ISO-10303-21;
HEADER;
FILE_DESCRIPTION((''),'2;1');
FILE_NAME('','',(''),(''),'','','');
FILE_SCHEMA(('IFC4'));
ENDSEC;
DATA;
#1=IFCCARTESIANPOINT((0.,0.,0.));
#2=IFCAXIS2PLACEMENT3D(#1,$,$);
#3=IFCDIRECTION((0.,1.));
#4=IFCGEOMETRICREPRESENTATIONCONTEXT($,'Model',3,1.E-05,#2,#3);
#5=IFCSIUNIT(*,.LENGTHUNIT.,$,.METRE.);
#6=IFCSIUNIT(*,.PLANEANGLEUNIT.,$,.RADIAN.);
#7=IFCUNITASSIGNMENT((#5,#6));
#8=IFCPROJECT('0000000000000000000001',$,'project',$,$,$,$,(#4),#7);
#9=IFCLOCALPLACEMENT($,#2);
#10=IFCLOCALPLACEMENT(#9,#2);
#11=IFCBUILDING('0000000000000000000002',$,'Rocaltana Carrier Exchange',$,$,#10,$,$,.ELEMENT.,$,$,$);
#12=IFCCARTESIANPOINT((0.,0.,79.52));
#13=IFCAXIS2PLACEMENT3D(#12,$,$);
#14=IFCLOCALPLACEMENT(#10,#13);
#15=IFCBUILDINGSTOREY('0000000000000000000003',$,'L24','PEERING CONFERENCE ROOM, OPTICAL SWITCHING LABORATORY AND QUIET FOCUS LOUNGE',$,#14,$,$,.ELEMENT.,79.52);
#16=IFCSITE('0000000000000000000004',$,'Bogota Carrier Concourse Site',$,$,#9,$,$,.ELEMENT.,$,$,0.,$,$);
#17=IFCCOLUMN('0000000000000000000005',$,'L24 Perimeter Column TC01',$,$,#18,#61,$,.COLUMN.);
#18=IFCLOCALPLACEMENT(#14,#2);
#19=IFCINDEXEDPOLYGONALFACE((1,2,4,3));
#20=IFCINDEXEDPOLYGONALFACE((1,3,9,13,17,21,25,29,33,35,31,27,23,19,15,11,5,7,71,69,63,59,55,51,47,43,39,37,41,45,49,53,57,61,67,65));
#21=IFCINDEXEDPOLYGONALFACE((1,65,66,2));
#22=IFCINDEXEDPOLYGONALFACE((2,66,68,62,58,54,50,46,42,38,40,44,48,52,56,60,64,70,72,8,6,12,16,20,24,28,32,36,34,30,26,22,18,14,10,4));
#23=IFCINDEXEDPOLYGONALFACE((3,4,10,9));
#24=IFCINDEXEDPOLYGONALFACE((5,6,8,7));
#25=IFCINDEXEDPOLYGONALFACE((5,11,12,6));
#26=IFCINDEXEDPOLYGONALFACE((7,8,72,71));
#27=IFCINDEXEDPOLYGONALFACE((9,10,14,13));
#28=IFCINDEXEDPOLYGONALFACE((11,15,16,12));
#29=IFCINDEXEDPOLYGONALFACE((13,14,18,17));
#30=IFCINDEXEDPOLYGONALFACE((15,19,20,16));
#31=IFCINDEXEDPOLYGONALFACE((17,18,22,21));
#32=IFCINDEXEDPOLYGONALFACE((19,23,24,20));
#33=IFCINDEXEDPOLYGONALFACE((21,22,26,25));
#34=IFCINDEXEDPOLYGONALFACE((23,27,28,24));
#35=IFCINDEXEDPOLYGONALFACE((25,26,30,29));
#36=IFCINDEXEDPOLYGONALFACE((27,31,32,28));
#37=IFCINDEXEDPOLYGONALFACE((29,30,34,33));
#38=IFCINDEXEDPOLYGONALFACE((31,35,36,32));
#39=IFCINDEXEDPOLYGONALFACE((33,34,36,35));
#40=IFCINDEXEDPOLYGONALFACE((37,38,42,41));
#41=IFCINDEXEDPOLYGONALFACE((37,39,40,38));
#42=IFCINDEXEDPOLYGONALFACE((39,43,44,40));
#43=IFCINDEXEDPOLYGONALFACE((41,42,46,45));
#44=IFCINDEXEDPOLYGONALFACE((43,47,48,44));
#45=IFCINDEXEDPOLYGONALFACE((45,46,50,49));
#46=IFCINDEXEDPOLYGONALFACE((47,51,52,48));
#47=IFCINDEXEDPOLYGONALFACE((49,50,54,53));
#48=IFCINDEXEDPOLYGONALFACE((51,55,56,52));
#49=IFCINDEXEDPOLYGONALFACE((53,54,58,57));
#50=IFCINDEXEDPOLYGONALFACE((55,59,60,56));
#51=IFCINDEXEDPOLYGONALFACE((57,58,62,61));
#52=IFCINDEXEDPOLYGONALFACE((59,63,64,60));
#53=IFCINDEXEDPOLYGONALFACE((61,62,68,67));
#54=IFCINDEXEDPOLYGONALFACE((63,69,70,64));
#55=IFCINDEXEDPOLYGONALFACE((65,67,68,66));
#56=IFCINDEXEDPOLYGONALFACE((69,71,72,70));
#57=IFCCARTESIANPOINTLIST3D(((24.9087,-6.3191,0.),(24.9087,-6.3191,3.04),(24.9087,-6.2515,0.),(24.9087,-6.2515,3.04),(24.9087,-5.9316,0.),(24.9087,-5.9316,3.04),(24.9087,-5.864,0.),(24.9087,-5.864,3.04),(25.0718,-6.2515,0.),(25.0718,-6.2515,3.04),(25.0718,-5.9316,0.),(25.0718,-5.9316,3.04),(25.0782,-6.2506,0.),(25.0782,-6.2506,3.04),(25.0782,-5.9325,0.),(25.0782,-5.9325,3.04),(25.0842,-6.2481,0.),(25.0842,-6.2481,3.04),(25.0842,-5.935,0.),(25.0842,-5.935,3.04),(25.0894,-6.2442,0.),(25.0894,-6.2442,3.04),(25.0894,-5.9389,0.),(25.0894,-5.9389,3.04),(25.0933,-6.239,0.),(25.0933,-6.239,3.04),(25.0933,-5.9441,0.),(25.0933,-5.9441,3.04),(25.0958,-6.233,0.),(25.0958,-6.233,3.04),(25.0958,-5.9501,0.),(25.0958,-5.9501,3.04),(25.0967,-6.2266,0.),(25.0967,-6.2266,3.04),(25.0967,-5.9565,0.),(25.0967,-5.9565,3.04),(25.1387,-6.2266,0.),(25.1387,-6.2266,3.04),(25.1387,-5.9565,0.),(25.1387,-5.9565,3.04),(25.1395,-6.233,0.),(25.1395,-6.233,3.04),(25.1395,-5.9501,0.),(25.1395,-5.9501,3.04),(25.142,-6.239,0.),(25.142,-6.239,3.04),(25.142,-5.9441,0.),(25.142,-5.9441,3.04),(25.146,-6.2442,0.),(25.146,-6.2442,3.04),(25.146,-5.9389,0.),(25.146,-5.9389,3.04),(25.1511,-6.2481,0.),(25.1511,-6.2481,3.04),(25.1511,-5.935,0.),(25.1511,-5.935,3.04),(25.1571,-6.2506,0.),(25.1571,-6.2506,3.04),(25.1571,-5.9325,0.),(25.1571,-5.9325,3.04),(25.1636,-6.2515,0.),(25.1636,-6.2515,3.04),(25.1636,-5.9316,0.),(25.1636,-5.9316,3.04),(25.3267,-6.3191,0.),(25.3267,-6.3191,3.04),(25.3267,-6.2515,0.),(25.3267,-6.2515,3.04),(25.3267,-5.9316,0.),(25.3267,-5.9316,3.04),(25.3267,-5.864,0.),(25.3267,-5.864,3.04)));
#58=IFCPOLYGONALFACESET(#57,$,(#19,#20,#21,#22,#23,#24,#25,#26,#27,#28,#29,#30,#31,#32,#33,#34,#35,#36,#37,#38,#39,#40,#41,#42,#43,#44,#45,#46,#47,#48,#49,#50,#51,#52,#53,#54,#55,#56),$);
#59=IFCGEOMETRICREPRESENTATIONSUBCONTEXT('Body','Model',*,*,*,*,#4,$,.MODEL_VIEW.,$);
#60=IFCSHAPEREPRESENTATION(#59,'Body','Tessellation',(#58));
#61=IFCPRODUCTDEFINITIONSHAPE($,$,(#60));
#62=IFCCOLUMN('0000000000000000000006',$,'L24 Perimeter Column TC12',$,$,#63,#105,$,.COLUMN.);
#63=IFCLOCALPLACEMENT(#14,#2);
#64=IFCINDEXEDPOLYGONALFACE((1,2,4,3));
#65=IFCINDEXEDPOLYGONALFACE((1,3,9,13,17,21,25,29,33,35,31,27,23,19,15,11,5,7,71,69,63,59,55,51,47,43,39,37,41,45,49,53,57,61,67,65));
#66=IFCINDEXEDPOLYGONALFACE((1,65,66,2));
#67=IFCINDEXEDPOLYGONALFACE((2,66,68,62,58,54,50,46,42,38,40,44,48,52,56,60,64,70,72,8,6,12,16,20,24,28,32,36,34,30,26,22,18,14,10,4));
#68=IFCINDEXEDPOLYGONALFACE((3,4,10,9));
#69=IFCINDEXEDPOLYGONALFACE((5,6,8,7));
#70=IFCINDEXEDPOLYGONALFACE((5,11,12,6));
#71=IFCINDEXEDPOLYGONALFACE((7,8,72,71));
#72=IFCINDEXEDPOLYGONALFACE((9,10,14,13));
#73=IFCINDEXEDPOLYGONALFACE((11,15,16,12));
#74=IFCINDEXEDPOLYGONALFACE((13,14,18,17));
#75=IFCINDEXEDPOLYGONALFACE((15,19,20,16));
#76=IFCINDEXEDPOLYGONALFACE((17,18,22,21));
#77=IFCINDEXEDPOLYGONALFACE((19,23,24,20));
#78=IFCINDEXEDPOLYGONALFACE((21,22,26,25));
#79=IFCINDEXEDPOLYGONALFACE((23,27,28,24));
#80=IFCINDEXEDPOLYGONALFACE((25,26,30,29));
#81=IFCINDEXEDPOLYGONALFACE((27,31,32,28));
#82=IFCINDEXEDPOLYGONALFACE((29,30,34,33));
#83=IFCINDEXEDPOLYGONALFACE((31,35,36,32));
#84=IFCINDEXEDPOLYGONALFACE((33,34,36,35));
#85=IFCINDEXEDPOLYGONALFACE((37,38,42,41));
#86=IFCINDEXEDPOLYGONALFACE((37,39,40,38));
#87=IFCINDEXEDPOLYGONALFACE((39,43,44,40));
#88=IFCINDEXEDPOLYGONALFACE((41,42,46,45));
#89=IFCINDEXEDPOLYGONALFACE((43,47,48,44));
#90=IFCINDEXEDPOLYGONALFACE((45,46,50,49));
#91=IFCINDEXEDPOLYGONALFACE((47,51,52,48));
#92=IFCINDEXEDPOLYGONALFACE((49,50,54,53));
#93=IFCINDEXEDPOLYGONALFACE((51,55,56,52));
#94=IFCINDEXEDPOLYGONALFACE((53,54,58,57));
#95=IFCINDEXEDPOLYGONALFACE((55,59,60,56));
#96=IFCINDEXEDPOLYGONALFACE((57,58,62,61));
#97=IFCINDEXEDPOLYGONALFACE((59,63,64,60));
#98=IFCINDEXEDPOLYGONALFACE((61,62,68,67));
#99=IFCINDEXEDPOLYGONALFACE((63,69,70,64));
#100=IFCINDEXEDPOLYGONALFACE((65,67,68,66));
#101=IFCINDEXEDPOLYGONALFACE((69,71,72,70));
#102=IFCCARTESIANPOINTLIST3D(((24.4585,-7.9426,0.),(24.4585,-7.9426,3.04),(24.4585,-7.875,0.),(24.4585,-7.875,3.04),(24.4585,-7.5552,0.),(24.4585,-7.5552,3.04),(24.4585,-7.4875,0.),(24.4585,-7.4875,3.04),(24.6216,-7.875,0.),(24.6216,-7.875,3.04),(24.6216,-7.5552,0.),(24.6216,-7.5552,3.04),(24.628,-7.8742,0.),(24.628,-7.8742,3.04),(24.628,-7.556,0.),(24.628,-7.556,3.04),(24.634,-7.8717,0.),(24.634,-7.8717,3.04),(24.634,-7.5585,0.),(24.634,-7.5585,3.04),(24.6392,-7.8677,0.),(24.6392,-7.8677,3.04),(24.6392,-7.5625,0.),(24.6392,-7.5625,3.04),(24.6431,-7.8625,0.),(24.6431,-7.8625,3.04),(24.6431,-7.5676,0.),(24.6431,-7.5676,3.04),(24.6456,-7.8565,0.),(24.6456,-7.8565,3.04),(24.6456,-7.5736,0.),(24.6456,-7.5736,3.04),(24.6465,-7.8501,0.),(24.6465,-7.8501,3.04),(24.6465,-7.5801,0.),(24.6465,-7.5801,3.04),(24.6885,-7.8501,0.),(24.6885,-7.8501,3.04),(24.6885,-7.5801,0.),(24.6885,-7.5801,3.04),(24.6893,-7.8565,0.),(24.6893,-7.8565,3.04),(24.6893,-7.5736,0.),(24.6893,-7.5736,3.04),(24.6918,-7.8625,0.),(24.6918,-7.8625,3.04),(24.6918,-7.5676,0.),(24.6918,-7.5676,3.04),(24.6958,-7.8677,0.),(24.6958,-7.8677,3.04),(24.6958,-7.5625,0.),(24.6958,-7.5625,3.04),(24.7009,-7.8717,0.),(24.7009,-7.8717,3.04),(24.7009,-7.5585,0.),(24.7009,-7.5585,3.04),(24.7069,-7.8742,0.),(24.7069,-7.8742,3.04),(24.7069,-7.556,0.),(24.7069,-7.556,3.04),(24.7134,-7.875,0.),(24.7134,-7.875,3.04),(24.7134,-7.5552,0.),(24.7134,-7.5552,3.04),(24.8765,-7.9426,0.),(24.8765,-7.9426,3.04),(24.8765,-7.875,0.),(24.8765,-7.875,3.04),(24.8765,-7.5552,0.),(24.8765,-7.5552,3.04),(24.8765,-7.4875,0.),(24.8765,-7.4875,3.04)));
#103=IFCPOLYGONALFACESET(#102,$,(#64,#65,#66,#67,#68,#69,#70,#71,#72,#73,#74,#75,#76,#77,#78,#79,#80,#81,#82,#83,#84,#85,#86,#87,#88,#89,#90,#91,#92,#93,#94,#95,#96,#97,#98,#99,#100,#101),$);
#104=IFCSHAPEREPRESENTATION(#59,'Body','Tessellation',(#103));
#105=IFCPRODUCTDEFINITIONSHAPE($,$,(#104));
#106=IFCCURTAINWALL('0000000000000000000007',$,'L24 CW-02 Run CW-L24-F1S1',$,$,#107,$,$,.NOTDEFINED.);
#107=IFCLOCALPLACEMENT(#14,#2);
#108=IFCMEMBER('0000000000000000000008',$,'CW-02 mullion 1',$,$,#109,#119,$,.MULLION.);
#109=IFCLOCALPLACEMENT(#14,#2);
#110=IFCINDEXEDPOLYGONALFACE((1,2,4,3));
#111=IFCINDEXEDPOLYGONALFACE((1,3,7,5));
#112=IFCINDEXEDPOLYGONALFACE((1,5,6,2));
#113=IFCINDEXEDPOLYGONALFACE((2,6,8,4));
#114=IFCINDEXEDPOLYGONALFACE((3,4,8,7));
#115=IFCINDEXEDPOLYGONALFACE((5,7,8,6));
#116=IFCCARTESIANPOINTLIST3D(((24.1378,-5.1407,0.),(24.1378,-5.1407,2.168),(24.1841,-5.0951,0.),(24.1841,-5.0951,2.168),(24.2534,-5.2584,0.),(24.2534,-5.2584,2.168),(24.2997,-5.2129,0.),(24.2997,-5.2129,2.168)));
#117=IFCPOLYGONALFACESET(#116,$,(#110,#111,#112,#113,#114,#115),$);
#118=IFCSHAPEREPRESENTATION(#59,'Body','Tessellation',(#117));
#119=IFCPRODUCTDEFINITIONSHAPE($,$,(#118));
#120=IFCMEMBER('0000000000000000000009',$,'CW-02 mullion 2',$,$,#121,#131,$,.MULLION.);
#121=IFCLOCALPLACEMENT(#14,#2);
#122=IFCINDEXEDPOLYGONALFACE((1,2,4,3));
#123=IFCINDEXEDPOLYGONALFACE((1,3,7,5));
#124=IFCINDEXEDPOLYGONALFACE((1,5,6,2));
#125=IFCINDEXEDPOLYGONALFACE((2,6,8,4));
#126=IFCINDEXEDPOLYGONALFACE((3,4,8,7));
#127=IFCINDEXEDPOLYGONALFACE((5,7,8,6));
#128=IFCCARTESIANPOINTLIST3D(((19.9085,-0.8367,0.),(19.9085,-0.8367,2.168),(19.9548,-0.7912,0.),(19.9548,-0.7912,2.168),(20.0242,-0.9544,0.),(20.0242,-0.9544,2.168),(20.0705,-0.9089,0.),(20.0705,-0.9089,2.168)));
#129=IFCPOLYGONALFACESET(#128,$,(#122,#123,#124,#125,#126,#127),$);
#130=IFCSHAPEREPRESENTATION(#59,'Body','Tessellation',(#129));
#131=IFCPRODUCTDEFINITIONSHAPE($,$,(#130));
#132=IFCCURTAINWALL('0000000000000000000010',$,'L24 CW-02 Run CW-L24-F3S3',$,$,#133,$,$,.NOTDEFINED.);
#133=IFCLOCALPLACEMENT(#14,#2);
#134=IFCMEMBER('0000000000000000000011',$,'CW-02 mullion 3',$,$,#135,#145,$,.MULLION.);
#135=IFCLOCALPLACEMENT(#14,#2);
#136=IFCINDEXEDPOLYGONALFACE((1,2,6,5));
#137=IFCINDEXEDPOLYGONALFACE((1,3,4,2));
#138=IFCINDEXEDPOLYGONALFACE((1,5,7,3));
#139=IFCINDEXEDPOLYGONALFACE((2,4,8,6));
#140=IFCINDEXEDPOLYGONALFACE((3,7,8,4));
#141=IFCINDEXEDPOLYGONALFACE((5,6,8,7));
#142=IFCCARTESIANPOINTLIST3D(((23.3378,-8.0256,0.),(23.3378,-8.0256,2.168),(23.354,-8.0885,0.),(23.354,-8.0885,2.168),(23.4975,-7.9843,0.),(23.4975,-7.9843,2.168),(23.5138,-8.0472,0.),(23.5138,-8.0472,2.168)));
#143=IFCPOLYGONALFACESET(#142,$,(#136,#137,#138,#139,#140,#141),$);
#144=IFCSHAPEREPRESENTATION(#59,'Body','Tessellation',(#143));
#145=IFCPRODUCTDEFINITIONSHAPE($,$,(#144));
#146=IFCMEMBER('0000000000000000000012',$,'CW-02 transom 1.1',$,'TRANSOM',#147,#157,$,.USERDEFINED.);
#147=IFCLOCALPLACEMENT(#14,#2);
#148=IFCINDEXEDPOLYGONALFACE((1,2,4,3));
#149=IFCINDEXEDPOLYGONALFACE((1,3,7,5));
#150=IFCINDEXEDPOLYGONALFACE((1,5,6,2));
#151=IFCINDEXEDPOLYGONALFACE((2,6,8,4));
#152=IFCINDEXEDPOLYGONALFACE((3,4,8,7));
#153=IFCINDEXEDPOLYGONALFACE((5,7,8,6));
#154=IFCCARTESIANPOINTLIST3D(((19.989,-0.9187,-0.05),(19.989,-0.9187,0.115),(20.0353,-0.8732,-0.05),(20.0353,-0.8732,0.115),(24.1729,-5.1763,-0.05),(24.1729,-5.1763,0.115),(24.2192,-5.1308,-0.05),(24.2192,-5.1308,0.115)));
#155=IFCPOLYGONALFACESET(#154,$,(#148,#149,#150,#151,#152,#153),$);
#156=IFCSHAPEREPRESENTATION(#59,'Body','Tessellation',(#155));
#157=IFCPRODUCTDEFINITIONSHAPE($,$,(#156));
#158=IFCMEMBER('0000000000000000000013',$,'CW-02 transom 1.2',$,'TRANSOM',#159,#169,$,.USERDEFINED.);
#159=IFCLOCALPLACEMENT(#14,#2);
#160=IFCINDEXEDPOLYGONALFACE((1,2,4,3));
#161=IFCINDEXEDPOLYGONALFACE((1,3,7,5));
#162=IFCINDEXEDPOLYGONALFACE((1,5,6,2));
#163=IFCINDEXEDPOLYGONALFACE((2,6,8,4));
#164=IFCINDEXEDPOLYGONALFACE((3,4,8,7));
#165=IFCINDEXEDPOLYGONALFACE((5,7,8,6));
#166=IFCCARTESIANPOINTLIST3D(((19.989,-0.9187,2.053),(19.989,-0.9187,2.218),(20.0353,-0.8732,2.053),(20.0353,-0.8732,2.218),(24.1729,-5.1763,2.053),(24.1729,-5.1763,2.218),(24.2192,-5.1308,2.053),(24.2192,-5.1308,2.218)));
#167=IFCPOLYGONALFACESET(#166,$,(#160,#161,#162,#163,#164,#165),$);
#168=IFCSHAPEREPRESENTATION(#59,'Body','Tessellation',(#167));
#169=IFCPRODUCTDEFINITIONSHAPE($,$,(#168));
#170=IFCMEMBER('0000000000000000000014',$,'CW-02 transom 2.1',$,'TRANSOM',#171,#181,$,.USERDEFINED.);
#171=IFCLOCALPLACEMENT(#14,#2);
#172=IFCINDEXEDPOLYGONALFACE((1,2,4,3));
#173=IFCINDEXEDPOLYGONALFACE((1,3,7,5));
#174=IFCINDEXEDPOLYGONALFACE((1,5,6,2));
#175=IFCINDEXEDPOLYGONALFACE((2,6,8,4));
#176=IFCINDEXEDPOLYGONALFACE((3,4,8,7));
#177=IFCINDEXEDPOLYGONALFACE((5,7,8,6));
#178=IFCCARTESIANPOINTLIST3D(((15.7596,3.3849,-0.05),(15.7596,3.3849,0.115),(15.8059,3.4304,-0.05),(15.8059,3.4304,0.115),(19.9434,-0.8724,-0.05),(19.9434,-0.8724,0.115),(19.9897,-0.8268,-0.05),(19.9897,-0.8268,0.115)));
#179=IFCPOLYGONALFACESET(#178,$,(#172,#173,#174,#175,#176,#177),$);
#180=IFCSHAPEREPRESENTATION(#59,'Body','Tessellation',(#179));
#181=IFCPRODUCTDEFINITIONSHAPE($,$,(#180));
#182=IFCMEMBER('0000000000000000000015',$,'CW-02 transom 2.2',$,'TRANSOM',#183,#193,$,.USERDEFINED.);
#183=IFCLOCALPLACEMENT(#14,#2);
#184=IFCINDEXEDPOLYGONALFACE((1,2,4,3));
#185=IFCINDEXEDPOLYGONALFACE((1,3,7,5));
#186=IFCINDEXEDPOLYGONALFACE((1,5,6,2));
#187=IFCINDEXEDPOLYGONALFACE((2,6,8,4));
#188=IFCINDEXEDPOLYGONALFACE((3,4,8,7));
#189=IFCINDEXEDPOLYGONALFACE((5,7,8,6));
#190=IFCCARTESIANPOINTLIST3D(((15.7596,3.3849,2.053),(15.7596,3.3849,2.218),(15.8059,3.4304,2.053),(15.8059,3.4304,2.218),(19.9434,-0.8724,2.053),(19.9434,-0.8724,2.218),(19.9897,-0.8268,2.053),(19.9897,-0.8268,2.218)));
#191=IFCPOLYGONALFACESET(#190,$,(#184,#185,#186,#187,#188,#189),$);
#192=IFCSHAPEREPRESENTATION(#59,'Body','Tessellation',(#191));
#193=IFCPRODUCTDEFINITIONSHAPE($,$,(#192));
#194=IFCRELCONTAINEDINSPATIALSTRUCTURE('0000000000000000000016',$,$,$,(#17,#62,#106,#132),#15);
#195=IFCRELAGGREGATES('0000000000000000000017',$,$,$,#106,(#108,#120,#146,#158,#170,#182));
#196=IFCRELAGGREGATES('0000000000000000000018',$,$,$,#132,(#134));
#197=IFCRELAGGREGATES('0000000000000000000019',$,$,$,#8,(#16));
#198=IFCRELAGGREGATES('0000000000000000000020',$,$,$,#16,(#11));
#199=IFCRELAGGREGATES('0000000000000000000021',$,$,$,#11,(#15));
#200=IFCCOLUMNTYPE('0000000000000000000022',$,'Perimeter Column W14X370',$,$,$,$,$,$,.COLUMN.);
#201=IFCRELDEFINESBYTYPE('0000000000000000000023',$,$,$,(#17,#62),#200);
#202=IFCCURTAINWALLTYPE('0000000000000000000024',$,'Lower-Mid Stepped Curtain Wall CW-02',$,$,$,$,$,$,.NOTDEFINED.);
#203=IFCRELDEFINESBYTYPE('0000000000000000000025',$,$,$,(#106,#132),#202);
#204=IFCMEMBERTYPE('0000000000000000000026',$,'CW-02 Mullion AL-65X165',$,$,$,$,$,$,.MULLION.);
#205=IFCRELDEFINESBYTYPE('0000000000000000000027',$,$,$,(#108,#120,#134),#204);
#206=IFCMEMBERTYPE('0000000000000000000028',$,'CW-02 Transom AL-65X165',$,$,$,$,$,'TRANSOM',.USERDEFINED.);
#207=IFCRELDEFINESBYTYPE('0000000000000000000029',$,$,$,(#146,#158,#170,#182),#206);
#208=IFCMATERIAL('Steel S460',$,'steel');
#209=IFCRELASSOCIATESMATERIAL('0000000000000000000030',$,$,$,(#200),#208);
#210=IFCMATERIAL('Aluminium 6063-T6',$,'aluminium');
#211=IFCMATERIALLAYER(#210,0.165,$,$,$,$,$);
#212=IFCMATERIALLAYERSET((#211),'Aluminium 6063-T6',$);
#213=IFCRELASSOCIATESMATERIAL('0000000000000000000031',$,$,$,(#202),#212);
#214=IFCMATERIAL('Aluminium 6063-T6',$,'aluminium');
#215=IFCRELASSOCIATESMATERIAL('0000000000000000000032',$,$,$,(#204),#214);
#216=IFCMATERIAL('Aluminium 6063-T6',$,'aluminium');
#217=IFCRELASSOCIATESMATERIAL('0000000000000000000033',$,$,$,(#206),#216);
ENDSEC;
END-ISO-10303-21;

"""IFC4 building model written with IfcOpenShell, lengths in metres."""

from ifc_helpers import new_model, si_unit, direction, frame, origin, origin_2d, place, context, subcontext, project, spatial, rectangle, i_section, extrude, material, layer, layer_set, material_profile, profile_set, type_object, element, aggregate, save


model = new_model("IFC4")

# Units and contexts
model_context = context("Model", 3, precision=1e-05, world=origin(), true_north=direction((0.0, 1.0)))
body_context = subcontext(model_context, "Body", "Model", "MODEL_VIEW")
ifc_project = project(units=[si_unit("LENGTHUNIT", "METRE"), si_unit("PLANEANGLEUNIT", "RADIAN")], contexts=[model_context])

# Site, building, storey
site_placement = place(None, origin())
site = spatial("IfcSite", under=ifc_project, at=site_placement, Name="Bogota Carrier Concourse Site", CompositionType="ELEMENT", RefElevation=0.0)
building_placement = place(site_placement, origin())
building = spatial("IfcBuilding", under=site, at=building_placement, Name="Rocaltana Carrier Exchange", CompositionType="ELEMENT")
storey_placement = place(building_placement, frame((0.0, 0.0, 79.52)))
storey = spatial("IfcBuildingStorey", under=building, at=storey_placement, Name="L24", Description="PEERING CONFERENCE ROOM, OPTICAL SWITCHING LABORATORY AND QUIET FOCUS LOUNGE", CompositionType="ELEMENT", Elevation=79.52)

# Columns
ifc_material_1 = material(Name="Steel S460", Category="steel")
ifc_material_profile_1 = material_profile(ifc_material_1, i_section(OverallWidth=0.418, OverallDepth=0.4551, WebThickness=0.042, FlangeThickness=0.0676, FilletRadius=0.0249, at=origin_2d()), Name="W14X370")
ifc_profile_set_1 = profile_set([ifc_material_profile_1], Name="Steel S460")
column_type = type_object("IfcColumnType", Name="Perimeter Column W14X370", PredefinedType="COLUMN", material=ifc_profile_set_1)
for number, where, z_axis, x_axis, name in (
    (1, (25.1177, -6.0916, 0.0), (0.0, 0.0, 1.0), (1.0, 0.0, 0.0), "L24 Perimeter Column TC01"),
    (2, (24.6675, -7.7151, 0.0), (0.0, 0.0, 1.0), (1.0, 0.0, 0.0), "L24 Perimeter Column TC12"),
):
    element("IfcColumn", number, at=place(storey_placement, frame(where, z_axis=z_axis, x_axis=x_axis)), inside=storey, type_object=column_type, Name=name, PredefinedType="COLUMN", context=body_context, shape_type="SweptSolid", body=[
        extrude(i_section(OverallWidth=0.418, OverallDepth=0.4551, WebThickness=0.042, FlangeThickness=0.0676, FilletRadius=0.0249, at=origin_2d()), origin(), (0.0, 0.0, 1.0), 3.04),
    ])

# Curtain wall, members
ifc_material_2 = material(Name="Aluminium 6063-T6", Category="aluminium")
ifc_layer_1 = layer(ifc_material_2, 0.165)
ifc_layer_set_1 = layer_set([ifc_layer_1], Name="Aluminium 6063-T6")
curtain_wall_type = type_object("IfcCurtainWallType", Name="Lower-Mid Stepped Curtain Wall CW-02", PredefinedType="NOTDEFINED", material=ifc_layer_set_1)
curtain_wall_1_placement = place(storey_placement, origin())
curtain_wall_1 = element("IfcCurtainWall", 3, at=curtain_wall_1_placement, inside=storey, type_object=curtain_wall_type, Name="L24 CW-02 Run CW-L24-F1S1", PredefinedType="NOTDEFINED")
ifc_material_3 = material(Name="Aluminium 6063-T6", Category="aluminium")
ifc_material_profile_2 = material_profile(ifc_material_3, rectangle(XDim=0.0649, YDim=0.165, at=origin_2d()), Name="AL-65X165")
ifc_profile_set_2 = profile_set([ifc_material_profile_2], Name="Aluminium 6063-T6")
member_type_1 = type_object("IfcMemberType", Name="CW-02 Mullion AL-65X165", PredefinedType="MULLION", material=ifc_profile_set_2)
member_1_placement = place(storey_placement, frame((24.2188, -5.1768, 0.0), z_axis=(0.0, 0.0, 1.0), x_axis=(-0.713245, -0.700915, 0.0)))
member_1 = element("IfcMember", 4, at=member_1_placement, type_object=member_type_1, Name="CW-02 mullion 1", PredefinedType="MULLION", context=body_context, shape_type="SweptSolid", body=[
    extrude(rectangle(XDim=0.0649, YDim=0.165, at=origin_2d()), origin(), (0.0, 0.0, 1.0), 2.168),
])
member_2_placement = place(storey_placement, frame((19.9895, -0.8728, 0.0), z_axis=(0.0, 0.0, 1.0), x_axis=(-0.713245, -0.700915, 0.0)))
member_2 = element("IfcMember", 5, at=member_2_placement, type_object=member_type_1, Name="CW-02 mullion 2", PredefinedType="MULLION", context=body_context, shape_type="SweptSolid", body=[
    extrude(rectangle(XDim=0.0649, YDim=0.165, at=origin_2d()), origin(), (0.0, 0.0, 1.0), 2.168),
])

# Curtain wall, member
curtain_wall_2_placement = place(storey_placement, origin())
curtain_wall_2 = element("IfcCurtainWall", 6, at=curtain_wall_2_placement, inside=storey, type_object=curtain_wall_type, Name="L24 CW-02 Run CW-L24-F3S3", PredefinedType="NOTDEFINED")
member_3_placement = place(storey_placement, frame((23.4258, -8.0364, 0.0), z_axis=(0.0, 0.0, 1.0), x_axis=(-0.25037, 0.96815, 0.0)))
member_3 = element("IfcMember", 7, at=member_3_placement, type_object=member_type_1, Name="CW-02 mullion 3", PredefinedType="MULLION", context=body_context, shape_type="SweptSolid", body=[
    extrude(rectangle(XDim=0.0649, YDim=0.165, at=origin_2d()), origin(), (0.0, 0.0, 1.0), 2.168),
])

# Members
ifc_material_4 = material(Name="Aluminium 6063-T6", Category="aluminium")
ifc_material_profile_3 = material_profile(ifc_material_4, rectangle(XDim=0.0649, YDim=0.165, at=origin_2d()), Name="AL-65X165")
ifc_profile_set_3 = profile_set([ifc_material_profile_3], Name="Aluminium 6063-T6")
member_type_2 = type_object("IfcMemberType", Name="CW-02 Transom AL-65X165", ElementType="TRANSOM", PredefinedType="USERDEFINED", material=ifc_profile_set_3)
member_4_placement = place(storey_placement, frame((24.196, -5.1536, 0.0325), z_axis=(-0.700904, 0.713256, 0.0), x_axis=(-0.713256, -0.700904, 0.0)))
member_4 = element("IfcMember", 8, at=member_4_placement, type_object=member_type_2, Name="CW-02 transom 1.1", ObjectType="TRANSOM", PredefinedType="USERDEFINED", context=body_context, shape_type="SweptSolid", body=[
    extrude(rectangle(XDim=0.0649, YDim=0.165, at=origin_2d()), origin(), (0.0, 0.0, 1.0), 5.9692),
])
member_5_placement = place(storey_placement, frame((24.196, -5.1536, 2.1355), z_axis=(-0.700904, 0.713256, 0.0), x_axis=(-0.713256, -0.700904, 0.0)))
member_5 = element("IfcMember", 9, at=member_5_placement, type_object=member_type_2, Name="CW-02 transom 1.2", ObjectType="TRANSOM", PredefinedType="USERDEFINED", context=body_context, shape_type="SweptSolid", body=[
    extrude(rectangle(XDim=0.0649, YDim=0.165, at=origin_2d()), origin(), (0.0, 0.0, 1.0), 5.9692),
])
member_6_placement = place(storey_placement, frame((19.9666, -0.8496, 0.0325), z_axis=(-0.700924, 0.713236, 0.0), x_axis=(-0.713236, -0.700924, 0.0)))
member_6 = element("IfcMember", 10, at=member_6_placement, type_object=member_type_2, Name="CW-02 transom 2.1", ObjectType="TRANSOM", PredefinedType="USERDEFINED", context=body_context, shape_type="SweptSolid", body=[
    extrude(rectangle(XDim=0.0649, YDim=0.165, at=origin_2d()), origin(), (0.0, 0.0, 1.0), 5.969),
])
member_7_placement = place(storey_placement, frame((19.9666, -0.8496, 2.1355), z_axis=(-0.700924, 0.713236, 0.0), x_axis=(-0.713236, -0.700924, 0.0)))
member_7 = element("IfcMember", 11, at=member_7_placement, type_object=member_type_2, Name="CW-02 transom 2.2", ObjectType="TRANSOM", PredefinedType="USERDEFINED", context=body_context, shape_type="SweptSolid", body=[
    extrude(rectangle(XDim=0.0649, YDim=0.165, at=origin_2d()), origin(), (0.0, 0.0, 1.0), 5.969),
])

aggregate(curtain_wall_1, [member_1, member_2, member_4, member_5, member_6, member_7])
aggregate(curtain_wall_2, [member_3])

save(model, "model.ifc")
